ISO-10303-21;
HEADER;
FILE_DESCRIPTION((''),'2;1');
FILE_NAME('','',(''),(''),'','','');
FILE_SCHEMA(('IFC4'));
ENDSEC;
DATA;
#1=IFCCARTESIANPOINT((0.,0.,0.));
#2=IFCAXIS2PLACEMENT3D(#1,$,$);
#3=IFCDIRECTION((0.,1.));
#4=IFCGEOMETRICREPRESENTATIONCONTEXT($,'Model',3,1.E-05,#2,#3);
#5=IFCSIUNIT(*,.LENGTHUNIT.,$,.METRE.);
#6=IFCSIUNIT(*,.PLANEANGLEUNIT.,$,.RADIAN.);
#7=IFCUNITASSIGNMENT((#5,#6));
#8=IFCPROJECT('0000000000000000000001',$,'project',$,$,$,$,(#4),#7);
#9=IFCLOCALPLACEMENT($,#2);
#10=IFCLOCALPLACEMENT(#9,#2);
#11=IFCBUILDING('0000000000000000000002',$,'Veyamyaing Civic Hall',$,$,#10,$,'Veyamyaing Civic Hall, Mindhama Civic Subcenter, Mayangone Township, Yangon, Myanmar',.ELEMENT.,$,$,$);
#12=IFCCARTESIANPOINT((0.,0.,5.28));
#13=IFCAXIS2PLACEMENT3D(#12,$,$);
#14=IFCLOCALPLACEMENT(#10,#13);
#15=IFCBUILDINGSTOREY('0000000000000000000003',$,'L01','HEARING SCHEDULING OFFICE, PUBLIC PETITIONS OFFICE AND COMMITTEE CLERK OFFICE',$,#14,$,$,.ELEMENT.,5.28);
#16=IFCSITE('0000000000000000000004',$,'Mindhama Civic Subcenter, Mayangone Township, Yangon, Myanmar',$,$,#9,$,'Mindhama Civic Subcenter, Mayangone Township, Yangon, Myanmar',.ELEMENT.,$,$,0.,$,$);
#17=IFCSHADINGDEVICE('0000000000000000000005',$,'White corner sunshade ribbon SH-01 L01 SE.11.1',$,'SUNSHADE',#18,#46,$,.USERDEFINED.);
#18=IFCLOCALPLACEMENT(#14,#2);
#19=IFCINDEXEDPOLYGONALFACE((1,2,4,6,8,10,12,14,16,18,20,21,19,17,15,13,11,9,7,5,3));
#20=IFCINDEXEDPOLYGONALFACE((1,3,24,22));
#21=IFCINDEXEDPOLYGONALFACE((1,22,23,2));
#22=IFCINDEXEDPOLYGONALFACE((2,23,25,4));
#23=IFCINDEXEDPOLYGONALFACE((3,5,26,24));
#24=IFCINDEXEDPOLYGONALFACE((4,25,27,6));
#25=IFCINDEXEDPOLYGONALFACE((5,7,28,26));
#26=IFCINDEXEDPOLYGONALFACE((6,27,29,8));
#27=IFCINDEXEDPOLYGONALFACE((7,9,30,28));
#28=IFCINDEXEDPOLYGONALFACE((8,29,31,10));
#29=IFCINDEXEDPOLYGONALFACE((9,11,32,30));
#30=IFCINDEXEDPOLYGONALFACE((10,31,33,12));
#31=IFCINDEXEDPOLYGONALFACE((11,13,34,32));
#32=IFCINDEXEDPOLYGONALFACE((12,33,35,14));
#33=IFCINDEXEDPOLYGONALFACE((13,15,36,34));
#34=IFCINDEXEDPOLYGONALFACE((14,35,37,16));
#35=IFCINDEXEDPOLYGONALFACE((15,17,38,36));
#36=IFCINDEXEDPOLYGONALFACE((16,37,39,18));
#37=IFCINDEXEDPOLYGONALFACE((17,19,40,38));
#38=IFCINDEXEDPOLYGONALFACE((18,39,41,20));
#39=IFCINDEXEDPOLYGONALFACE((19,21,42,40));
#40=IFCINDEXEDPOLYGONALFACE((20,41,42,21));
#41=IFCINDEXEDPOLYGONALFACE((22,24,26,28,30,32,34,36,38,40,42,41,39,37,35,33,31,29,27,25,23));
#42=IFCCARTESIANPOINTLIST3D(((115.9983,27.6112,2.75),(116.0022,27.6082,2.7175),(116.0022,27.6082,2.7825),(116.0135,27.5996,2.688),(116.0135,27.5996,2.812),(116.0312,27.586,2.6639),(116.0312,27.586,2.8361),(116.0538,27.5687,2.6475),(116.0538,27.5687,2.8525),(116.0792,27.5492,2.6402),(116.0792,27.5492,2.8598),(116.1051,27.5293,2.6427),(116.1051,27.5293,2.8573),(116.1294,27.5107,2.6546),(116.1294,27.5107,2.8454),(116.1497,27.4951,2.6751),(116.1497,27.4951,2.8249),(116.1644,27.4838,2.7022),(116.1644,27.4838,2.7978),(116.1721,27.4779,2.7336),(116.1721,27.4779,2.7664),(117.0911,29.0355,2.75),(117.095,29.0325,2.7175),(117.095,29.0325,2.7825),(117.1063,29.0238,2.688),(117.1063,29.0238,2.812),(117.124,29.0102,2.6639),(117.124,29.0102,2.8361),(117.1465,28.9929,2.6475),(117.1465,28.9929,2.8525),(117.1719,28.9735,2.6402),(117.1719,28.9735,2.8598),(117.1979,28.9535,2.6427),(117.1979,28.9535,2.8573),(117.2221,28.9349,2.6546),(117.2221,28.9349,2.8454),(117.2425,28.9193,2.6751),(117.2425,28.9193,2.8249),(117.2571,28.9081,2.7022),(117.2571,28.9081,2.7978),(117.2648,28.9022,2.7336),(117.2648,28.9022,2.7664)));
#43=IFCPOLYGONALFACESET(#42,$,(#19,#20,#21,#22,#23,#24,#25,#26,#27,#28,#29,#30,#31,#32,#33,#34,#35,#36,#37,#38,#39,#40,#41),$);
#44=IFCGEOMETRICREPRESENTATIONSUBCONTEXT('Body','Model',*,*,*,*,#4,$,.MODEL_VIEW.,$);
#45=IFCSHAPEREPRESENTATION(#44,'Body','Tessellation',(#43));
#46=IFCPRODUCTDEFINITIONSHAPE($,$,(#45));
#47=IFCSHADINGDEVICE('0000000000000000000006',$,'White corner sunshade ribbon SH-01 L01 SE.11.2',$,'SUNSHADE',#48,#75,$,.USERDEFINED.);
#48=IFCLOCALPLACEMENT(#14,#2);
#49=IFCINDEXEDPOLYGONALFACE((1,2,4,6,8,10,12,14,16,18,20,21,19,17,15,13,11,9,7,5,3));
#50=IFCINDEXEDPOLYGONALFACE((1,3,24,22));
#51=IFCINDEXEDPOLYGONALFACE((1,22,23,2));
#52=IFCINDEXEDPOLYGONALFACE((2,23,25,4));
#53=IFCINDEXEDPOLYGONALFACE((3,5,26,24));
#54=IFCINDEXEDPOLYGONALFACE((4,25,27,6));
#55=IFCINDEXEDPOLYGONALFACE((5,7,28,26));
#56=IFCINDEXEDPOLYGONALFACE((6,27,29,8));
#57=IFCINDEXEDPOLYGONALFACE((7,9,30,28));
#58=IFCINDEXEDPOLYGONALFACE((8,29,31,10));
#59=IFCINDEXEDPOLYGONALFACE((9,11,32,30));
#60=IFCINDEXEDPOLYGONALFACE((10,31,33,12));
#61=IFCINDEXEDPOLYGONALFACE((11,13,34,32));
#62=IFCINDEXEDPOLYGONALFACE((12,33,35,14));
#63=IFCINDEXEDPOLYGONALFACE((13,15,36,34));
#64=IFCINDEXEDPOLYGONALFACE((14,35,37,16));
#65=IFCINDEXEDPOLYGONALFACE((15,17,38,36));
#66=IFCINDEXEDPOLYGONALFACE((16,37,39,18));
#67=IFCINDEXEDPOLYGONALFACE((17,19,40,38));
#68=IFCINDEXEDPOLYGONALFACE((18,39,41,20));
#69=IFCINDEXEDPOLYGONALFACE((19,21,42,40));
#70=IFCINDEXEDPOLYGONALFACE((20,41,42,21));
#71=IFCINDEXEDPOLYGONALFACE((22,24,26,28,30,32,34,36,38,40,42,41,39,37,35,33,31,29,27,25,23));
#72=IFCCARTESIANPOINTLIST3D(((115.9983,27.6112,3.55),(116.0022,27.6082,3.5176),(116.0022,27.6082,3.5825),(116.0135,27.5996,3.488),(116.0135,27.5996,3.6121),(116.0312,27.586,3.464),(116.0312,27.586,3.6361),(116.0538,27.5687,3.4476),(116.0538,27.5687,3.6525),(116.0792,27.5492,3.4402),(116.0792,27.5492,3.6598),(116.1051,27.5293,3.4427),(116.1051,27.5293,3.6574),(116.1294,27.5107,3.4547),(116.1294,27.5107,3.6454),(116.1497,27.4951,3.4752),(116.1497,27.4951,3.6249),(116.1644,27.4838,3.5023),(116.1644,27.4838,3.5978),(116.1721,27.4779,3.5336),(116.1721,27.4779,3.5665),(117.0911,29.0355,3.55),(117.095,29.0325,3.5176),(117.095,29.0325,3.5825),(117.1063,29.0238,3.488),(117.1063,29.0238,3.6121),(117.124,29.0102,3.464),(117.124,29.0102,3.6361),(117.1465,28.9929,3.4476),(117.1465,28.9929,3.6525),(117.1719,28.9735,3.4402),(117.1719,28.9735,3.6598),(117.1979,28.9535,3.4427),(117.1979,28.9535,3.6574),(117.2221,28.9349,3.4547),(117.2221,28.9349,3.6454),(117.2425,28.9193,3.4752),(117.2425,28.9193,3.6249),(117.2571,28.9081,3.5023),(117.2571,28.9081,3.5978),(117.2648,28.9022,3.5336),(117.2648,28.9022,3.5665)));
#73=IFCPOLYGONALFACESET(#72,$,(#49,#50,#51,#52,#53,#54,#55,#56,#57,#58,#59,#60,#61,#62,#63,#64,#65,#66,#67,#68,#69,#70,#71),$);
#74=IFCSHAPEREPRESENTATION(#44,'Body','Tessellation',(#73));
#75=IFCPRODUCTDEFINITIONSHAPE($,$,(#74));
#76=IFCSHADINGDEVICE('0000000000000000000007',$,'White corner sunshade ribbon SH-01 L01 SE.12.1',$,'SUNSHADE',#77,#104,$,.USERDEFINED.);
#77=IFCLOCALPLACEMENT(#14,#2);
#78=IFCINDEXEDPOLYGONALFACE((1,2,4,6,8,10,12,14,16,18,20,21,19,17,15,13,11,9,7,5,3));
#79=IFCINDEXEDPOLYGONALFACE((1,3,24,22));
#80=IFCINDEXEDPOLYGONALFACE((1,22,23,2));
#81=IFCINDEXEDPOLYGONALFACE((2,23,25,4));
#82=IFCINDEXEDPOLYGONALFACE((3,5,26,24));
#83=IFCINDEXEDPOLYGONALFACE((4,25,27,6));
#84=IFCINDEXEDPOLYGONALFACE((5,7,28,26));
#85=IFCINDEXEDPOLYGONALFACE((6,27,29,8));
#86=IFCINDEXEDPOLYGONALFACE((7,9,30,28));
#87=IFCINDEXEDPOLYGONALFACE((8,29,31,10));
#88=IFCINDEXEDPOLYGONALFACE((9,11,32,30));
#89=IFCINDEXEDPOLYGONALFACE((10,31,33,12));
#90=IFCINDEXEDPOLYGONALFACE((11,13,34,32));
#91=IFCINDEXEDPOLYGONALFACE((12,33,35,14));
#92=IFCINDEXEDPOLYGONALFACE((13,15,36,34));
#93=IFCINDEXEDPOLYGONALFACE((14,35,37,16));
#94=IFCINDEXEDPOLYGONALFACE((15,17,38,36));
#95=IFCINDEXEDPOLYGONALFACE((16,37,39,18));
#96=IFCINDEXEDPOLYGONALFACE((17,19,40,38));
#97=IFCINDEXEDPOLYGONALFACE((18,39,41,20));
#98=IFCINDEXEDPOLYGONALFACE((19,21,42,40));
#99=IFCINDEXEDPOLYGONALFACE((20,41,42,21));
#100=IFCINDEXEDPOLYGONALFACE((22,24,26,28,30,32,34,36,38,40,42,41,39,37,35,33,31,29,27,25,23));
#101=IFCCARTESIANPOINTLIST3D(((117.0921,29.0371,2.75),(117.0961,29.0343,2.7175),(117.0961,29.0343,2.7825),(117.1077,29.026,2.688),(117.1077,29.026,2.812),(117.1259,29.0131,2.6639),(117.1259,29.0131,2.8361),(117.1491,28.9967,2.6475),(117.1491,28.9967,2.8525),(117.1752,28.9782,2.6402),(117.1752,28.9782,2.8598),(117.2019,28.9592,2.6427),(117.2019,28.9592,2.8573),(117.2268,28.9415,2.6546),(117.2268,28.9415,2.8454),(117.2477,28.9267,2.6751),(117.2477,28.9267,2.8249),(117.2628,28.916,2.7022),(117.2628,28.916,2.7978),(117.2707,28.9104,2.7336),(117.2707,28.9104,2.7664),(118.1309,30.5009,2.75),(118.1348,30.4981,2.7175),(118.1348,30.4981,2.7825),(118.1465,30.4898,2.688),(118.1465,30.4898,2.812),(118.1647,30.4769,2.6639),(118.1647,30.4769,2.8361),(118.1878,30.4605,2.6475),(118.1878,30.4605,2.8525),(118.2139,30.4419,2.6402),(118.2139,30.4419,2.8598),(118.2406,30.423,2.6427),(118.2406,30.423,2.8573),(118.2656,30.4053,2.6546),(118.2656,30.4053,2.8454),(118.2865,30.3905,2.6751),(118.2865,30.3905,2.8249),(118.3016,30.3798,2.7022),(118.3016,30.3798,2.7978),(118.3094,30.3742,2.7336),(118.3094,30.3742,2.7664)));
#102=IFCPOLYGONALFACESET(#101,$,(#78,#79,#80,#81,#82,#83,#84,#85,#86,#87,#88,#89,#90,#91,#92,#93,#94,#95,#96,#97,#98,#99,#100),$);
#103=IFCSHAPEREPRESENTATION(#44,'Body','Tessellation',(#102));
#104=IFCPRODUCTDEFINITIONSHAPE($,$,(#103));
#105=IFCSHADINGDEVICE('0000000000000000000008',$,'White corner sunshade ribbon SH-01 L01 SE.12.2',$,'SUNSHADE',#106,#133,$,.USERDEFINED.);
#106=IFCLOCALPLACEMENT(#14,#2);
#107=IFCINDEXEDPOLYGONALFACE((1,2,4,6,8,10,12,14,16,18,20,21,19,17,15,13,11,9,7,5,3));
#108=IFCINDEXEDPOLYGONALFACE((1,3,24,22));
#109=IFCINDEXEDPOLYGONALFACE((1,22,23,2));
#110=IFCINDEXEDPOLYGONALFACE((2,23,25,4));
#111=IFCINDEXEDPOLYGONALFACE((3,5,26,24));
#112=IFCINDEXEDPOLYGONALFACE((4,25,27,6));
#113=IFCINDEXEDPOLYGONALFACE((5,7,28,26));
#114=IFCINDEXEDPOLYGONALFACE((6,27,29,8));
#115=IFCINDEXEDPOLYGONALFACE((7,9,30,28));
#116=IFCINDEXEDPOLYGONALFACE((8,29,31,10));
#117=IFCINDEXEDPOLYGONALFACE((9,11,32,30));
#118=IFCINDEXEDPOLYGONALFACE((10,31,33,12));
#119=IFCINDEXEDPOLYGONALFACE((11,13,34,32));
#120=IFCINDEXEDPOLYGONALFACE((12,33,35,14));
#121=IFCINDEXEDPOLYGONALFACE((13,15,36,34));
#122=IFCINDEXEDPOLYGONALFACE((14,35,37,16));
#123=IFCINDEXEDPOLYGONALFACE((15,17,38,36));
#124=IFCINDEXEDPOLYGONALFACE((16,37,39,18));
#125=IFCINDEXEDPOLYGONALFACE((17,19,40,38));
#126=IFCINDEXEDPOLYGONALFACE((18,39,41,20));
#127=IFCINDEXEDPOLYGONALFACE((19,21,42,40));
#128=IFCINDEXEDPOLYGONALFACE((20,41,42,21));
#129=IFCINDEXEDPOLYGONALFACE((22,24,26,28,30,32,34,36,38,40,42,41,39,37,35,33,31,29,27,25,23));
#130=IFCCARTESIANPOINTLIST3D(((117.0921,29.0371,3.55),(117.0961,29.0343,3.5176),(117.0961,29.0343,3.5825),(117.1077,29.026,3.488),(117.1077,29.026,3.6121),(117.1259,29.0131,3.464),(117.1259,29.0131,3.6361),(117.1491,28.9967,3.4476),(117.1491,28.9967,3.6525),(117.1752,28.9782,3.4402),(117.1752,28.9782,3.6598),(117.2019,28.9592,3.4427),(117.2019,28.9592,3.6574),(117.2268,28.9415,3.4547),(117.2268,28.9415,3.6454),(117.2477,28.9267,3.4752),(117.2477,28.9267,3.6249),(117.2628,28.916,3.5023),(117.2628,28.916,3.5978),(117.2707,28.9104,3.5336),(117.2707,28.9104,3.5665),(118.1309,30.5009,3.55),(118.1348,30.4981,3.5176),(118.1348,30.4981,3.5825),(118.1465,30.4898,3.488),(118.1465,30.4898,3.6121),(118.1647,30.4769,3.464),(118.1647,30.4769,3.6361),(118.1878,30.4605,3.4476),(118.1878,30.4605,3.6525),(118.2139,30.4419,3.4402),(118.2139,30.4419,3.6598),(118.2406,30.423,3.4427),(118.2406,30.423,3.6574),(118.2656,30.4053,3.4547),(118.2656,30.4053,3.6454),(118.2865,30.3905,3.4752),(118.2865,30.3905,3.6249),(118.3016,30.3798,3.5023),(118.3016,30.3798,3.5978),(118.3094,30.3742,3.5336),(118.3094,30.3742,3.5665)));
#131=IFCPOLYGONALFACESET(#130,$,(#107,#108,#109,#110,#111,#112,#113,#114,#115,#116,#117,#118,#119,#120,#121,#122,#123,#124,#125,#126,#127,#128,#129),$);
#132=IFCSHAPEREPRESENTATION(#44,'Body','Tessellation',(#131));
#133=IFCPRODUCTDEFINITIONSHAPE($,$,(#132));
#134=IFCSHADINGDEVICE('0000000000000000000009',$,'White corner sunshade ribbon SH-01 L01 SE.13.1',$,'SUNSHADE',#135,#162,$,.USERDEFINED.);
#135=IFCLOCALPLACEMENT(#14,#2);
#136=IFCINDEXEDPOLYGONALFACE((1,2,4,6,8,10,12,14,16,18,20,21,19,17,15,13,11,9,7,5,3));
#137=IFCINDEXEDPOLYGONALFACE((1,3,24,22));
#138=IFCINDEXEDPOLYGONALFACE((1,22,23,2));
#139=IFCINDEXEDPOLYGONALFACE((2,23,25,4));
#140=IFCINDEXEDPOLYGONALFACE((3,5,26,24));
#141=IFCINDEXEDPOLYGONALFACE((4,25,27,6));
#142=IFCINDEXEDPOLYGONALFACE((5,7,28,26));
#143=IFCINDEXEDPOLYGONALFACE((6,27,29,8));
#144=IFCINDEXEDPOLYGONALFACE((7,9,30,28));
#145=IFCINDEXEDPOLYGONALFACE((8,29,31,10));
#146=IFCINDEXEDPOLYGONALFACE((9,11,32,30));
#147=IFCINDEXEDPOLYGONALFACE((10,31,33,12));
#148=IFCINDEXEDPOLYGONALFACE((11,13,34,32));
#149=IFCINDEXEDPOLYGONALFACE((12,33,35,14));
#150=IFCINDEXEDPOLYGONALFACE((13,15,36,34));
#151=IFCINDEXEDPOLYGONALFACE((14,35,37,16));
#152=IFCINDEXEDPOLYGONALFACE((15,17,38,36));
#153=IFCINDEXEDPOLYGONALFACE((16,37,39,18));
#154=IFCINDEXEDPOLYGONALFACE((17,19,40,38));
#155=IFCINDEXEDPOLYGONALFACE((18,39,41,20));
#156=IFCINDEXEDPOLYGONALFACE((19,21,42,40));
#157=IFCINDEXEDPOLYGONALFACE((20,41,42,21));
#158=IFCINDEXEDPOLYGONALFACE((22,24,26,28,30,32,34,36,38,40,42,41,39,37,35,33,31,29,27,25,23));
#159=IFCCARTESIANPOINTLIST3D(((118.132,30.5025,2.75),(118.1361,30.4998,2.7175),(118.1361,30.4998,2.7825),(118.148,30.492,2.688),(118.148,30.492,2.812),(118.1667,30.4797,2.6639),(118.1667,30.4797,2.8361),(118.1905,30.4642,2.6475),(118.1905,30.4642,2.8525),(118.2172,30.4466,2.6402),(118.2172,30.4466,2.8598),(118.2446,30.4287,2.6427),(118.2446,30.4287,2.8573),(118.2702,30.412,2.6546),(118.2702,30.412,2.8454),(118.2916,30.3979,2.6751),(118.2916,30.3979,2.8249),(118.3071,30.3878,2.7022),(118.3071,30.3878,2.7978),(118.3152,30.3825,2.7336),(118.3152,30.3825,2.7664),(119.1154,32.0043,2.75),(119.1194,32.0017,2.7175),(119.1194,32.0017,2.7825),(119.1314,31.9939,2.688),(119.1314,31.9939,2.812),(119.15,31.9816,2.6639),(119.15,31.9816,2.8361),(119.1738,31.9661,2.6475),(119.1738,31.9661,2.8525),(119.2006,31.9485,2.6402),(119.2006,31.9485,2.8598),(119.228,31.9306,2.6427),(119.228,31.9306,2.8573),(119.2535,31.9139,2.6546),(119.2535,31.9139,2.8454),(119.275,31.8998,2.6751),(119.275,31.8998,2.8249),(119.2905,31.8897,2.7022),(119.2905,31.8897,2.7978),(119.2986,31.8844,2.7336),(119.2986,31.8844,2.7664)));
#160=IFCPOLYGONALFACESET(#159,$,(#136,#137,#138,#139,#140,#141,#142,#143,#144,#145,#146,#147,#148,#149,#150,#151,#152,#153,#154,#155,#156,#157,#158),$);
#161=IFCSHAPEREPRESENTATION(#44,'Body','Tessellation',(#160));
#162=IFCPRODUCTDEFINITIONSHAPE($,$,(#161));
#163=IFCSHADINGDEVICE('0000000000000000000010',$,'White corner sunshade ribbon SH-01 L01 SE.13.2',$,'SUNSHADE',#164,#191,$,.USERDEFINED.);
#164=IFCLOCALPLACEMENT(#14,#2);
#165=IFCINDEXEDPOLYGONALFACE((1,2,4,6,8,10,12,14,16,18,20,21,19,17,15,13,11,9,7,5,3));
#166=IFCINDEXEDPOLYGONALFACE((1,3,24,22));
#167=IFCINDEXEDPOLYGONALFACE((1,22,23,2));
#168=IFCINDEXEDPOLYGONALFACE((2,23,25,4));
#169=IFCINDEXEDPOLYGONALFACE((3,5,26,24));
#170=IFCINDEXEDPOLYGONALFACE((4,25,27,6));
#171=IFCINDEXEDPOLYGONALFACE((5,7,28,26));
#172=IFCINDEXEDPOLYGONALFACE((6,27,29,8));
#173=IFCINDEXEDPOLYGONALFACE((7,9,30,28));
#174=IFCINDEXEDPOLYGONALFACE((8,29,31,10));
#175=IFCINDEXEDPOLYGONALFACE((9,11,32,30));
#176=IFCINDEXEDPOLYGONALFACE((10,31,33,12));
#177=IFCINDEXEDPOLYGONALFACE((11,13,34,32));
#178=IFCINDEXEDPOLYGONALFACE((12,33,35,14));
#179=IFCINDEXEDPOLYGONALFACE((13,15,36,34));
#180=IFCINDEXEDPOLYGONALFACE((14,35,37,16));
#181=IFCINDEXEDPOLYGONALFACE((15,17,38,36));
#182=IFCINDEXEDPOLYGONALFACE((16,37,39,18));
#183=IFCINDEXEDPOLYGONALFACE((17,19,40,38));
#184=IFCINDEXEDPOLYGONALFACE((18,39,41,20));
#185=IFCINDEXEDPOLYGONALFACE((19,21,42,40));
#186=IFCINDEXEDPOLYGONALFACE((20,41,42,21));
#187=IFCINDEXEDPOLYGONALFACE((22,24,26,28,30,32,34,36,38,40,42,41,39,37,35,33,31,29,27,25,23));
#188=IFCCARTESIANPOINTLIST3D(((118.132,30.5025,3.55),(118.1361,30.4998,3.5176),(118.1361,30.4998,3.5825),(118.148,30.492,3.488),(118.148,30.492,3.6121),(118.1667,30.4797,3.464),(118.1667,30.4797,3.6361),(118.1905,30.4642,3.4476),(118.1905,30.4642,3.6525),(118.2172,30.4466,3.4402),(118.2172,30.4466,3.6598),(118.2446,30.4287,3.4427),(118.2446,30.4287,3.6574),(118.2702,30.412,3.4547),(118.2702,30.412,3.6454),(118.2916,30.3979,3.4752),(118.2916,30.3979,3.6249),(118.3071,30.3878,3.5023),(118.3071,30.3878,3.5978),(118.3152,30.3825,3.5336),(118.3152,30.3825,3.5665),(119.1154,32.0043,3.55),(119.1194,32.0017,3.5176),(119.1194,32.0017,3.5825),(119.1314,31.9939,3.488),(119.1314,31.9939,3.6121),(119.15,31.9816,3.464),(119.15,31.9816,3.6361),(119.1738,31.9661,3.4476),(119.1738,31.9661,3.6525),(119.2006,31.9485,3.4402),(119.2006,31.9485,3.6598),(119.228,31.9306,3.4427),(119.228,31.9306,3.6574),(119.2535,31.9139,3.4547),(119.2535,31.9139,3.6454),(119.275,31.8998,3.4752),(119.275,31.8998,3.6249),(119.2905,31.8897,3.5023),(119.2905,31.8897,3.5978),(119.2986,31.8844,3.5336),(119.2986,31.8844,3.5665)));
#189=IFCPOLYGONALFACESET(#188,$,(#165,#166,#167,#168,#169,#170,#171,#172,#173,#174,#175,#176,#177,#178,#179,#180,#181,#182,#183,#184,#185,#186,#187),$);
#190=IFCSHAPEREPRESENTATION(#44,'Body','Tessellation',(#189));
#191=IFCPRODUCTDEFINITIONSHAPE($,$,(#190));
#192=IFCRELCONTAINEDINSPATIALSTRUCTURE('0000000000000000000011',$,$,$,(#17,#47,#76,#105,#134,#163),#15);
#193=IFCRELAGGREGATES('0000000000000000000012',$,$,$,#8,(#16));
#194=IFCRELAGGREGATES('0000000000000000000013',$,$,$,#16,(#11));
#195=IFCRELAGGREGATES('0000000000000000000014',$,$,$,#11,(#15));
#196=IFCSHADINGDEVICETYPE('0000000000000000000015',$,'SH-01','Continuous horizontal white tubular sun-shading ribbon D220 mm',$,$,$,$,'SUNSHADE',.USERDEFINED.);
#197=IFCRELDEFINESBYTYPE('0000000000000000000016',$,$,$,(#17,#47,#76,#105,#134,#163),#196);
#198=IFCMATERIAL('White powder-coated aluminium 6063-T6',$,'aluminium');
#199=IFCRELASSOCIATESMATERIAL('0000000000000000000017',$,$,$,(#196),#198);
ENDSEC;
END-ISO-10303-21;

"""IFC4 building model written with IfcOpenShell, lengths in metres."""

from ifc_helpers import new_model, si_unit, direction, frame, origin, origin_2d, place, context, subcontext, project, spatial, circle, extrude, material, material_profile, profile_set, type_object, element, save


model = new_model("IFC4")

# Units and contexts
model_context = context("Model", 3, precision=1e-05, world=origin(), true_north=direction((0.0, 1.0)))
body_context = subcontext(model_context, "Body", "Model", "MODEL_VIEW")
ifc_project = project(units=[si_unit("LENGTHUNIT", "METRE"), si_unit("PLANEANGLEUNIT", "RADIAN")], contexts=[model_context])

# Site, building, storey
site_placement = place(None, origin())
site = spatial("IfcSite", under=ifc_project, at=site_placement, Name="Mindhama Civic Subcenter, Mayangone Township, Yangon, Myanmar", LongName="Mindhama Civic Subcenter, Mayangone Township, Yangon, Myanmar", CompositionType="ELEMENT", RefElevation=0.0)
building_placement = place(site_placement, origin())
building = spatial("IfcBuilding", under=site, at=building_placement, Name="Veyamyaing Civic Hall", LongName="Veyamyaing Civic Hall, Mindhama Civic Subcenter, Mayangone Township, Yangon, Myanmar", CompositionType="ELEMENT")
storey_placement = place(building_placement, frame((0.0, 0.0, 5.28)))
storey = spatial("IfcBuildingStorey", under=building, at=storey_placement, Name="L01", Description="HEARING SCHEDULING OFFICE, PUBLIC PETITIONS OFFICE AND COMMITTEE CLERK OFFICE", CompositionType="ELEMENT", Elevation=5.28)

# Shared definitions
ifc_material_1 = material(Name="White powder-coated aluminium 6063-T6", Category="aluminium")

# Shading devices
ifc_material_profile = material_profile(ifc_material_1, circle(Radius=0.1101, at=origin_2d()), Name="SHADE-TUBE-220")
ifc_profile_set = profile_set([ifc_material_profile], Name="White powder-coated aluminium 6063-T6")
shading_device_type = type_object("IfcShadingDeviceType", Name="SH-01", Description="Continuous horizontal white tubular sun-shading ribbon D220 mm", ElementType="SUNSHADE", PredefinedType="USERDEFINED", material=ifc_profile_set)
for number, where, z_axis, x_axis, name in (
    (1, (116.0857, 27.5442, 2.75), (0.608711, 0.793392, 0.0), (-0.793392, 0.608711, 0.0), "White corner sunshade ribbon SH-01 L01 SE.11.1"),
    (2, (116.0857, 27.5442, 3.55), (0.608711, 0.793392, 0.0), (-0.793392, 0.608711, 0.0), "White corner sunshade ribbon SH-01 L01 SE.11.2"),
):
    element("IfcShadingDevice", number, at=place(storey_placement, frame(where, z_axis=z_axis, x_axis=x_axis)), inside=storey, type_object=shading_device_type, Name=name, ObjectType="SUNSHADE", PredefinedType="USERDEFINED", context=body_context, shape_type="SweptSolid", body=[
        extrude(circle(Radius=0.1101, at=origin_2d()), origin(), (0.0, 0.0, 1.0), 1.7952),
    ])
for number, where, z_axis, x_axis, name in (
    (3, (117.1819, 28.9734, 2.75), (0.578727, 0.815522, 0.0), (-0.815522, 0.578727, 0.0), "White corner sunshade ribbon SH-01 L01 SE.12.1"),
    (4, (117.1819, 28.9734, 3.55), (0.578727, 0.815522, 0.0), (-0.815522, 0.578727, 0.0), "White corner sunshade ribbon SH-01 L01 SE.12.2"),
):
    element("IfcShadingDevice", number, at=place(storey_placement, frame(where, z_axis=z_axis, x_axis=x_axis)), inside=storey, type_object=shading_device_type, Name=name, ObjectType="SUNSHADE", PredefinedType="USERDEFINED", context=body_context, shape_type="SweptSolid", body=[
        extrude(circle(Radius=0.1101, at=origin_2d()), origin(), (0.0, 0.0, 1.0), 1.7949),
    ])
for number, where, z_axis, x_axis, name in (
    (5, (118.2241, 30.4421, 2.75), (0.547777, 0.836624, 0.0), (-0.836624, 0.547777, 0.0), "White corner sunshade ribbon SH-01 L01 SE.13.1"),
    (6, (118.2241, 30.4421, 3.55), (0.547777, 0.836624, 0.0), (-0.836624, 0.547777, 0.0), "White corner sunshade ribbon SH-01 L01 SE.13.2"),
):
    element("IfcShadingDevice", number, at=place(storey_placement, frame(where, z_axis=z_axis, x_axis=x_axis)), inside=storey, type_object=shading_device_type, Name=name, ObjectType="SUNSHADE", PredefinedType="USERDEFINED", context=body_context, shape_type="SweptSolid", body=[
        extrude(circle(Radius=0.1101, at=origin_2d()), origin(), (0.0, 0.0, 1.0), 1.7952),
    ])

save(model, "model.ifc")
